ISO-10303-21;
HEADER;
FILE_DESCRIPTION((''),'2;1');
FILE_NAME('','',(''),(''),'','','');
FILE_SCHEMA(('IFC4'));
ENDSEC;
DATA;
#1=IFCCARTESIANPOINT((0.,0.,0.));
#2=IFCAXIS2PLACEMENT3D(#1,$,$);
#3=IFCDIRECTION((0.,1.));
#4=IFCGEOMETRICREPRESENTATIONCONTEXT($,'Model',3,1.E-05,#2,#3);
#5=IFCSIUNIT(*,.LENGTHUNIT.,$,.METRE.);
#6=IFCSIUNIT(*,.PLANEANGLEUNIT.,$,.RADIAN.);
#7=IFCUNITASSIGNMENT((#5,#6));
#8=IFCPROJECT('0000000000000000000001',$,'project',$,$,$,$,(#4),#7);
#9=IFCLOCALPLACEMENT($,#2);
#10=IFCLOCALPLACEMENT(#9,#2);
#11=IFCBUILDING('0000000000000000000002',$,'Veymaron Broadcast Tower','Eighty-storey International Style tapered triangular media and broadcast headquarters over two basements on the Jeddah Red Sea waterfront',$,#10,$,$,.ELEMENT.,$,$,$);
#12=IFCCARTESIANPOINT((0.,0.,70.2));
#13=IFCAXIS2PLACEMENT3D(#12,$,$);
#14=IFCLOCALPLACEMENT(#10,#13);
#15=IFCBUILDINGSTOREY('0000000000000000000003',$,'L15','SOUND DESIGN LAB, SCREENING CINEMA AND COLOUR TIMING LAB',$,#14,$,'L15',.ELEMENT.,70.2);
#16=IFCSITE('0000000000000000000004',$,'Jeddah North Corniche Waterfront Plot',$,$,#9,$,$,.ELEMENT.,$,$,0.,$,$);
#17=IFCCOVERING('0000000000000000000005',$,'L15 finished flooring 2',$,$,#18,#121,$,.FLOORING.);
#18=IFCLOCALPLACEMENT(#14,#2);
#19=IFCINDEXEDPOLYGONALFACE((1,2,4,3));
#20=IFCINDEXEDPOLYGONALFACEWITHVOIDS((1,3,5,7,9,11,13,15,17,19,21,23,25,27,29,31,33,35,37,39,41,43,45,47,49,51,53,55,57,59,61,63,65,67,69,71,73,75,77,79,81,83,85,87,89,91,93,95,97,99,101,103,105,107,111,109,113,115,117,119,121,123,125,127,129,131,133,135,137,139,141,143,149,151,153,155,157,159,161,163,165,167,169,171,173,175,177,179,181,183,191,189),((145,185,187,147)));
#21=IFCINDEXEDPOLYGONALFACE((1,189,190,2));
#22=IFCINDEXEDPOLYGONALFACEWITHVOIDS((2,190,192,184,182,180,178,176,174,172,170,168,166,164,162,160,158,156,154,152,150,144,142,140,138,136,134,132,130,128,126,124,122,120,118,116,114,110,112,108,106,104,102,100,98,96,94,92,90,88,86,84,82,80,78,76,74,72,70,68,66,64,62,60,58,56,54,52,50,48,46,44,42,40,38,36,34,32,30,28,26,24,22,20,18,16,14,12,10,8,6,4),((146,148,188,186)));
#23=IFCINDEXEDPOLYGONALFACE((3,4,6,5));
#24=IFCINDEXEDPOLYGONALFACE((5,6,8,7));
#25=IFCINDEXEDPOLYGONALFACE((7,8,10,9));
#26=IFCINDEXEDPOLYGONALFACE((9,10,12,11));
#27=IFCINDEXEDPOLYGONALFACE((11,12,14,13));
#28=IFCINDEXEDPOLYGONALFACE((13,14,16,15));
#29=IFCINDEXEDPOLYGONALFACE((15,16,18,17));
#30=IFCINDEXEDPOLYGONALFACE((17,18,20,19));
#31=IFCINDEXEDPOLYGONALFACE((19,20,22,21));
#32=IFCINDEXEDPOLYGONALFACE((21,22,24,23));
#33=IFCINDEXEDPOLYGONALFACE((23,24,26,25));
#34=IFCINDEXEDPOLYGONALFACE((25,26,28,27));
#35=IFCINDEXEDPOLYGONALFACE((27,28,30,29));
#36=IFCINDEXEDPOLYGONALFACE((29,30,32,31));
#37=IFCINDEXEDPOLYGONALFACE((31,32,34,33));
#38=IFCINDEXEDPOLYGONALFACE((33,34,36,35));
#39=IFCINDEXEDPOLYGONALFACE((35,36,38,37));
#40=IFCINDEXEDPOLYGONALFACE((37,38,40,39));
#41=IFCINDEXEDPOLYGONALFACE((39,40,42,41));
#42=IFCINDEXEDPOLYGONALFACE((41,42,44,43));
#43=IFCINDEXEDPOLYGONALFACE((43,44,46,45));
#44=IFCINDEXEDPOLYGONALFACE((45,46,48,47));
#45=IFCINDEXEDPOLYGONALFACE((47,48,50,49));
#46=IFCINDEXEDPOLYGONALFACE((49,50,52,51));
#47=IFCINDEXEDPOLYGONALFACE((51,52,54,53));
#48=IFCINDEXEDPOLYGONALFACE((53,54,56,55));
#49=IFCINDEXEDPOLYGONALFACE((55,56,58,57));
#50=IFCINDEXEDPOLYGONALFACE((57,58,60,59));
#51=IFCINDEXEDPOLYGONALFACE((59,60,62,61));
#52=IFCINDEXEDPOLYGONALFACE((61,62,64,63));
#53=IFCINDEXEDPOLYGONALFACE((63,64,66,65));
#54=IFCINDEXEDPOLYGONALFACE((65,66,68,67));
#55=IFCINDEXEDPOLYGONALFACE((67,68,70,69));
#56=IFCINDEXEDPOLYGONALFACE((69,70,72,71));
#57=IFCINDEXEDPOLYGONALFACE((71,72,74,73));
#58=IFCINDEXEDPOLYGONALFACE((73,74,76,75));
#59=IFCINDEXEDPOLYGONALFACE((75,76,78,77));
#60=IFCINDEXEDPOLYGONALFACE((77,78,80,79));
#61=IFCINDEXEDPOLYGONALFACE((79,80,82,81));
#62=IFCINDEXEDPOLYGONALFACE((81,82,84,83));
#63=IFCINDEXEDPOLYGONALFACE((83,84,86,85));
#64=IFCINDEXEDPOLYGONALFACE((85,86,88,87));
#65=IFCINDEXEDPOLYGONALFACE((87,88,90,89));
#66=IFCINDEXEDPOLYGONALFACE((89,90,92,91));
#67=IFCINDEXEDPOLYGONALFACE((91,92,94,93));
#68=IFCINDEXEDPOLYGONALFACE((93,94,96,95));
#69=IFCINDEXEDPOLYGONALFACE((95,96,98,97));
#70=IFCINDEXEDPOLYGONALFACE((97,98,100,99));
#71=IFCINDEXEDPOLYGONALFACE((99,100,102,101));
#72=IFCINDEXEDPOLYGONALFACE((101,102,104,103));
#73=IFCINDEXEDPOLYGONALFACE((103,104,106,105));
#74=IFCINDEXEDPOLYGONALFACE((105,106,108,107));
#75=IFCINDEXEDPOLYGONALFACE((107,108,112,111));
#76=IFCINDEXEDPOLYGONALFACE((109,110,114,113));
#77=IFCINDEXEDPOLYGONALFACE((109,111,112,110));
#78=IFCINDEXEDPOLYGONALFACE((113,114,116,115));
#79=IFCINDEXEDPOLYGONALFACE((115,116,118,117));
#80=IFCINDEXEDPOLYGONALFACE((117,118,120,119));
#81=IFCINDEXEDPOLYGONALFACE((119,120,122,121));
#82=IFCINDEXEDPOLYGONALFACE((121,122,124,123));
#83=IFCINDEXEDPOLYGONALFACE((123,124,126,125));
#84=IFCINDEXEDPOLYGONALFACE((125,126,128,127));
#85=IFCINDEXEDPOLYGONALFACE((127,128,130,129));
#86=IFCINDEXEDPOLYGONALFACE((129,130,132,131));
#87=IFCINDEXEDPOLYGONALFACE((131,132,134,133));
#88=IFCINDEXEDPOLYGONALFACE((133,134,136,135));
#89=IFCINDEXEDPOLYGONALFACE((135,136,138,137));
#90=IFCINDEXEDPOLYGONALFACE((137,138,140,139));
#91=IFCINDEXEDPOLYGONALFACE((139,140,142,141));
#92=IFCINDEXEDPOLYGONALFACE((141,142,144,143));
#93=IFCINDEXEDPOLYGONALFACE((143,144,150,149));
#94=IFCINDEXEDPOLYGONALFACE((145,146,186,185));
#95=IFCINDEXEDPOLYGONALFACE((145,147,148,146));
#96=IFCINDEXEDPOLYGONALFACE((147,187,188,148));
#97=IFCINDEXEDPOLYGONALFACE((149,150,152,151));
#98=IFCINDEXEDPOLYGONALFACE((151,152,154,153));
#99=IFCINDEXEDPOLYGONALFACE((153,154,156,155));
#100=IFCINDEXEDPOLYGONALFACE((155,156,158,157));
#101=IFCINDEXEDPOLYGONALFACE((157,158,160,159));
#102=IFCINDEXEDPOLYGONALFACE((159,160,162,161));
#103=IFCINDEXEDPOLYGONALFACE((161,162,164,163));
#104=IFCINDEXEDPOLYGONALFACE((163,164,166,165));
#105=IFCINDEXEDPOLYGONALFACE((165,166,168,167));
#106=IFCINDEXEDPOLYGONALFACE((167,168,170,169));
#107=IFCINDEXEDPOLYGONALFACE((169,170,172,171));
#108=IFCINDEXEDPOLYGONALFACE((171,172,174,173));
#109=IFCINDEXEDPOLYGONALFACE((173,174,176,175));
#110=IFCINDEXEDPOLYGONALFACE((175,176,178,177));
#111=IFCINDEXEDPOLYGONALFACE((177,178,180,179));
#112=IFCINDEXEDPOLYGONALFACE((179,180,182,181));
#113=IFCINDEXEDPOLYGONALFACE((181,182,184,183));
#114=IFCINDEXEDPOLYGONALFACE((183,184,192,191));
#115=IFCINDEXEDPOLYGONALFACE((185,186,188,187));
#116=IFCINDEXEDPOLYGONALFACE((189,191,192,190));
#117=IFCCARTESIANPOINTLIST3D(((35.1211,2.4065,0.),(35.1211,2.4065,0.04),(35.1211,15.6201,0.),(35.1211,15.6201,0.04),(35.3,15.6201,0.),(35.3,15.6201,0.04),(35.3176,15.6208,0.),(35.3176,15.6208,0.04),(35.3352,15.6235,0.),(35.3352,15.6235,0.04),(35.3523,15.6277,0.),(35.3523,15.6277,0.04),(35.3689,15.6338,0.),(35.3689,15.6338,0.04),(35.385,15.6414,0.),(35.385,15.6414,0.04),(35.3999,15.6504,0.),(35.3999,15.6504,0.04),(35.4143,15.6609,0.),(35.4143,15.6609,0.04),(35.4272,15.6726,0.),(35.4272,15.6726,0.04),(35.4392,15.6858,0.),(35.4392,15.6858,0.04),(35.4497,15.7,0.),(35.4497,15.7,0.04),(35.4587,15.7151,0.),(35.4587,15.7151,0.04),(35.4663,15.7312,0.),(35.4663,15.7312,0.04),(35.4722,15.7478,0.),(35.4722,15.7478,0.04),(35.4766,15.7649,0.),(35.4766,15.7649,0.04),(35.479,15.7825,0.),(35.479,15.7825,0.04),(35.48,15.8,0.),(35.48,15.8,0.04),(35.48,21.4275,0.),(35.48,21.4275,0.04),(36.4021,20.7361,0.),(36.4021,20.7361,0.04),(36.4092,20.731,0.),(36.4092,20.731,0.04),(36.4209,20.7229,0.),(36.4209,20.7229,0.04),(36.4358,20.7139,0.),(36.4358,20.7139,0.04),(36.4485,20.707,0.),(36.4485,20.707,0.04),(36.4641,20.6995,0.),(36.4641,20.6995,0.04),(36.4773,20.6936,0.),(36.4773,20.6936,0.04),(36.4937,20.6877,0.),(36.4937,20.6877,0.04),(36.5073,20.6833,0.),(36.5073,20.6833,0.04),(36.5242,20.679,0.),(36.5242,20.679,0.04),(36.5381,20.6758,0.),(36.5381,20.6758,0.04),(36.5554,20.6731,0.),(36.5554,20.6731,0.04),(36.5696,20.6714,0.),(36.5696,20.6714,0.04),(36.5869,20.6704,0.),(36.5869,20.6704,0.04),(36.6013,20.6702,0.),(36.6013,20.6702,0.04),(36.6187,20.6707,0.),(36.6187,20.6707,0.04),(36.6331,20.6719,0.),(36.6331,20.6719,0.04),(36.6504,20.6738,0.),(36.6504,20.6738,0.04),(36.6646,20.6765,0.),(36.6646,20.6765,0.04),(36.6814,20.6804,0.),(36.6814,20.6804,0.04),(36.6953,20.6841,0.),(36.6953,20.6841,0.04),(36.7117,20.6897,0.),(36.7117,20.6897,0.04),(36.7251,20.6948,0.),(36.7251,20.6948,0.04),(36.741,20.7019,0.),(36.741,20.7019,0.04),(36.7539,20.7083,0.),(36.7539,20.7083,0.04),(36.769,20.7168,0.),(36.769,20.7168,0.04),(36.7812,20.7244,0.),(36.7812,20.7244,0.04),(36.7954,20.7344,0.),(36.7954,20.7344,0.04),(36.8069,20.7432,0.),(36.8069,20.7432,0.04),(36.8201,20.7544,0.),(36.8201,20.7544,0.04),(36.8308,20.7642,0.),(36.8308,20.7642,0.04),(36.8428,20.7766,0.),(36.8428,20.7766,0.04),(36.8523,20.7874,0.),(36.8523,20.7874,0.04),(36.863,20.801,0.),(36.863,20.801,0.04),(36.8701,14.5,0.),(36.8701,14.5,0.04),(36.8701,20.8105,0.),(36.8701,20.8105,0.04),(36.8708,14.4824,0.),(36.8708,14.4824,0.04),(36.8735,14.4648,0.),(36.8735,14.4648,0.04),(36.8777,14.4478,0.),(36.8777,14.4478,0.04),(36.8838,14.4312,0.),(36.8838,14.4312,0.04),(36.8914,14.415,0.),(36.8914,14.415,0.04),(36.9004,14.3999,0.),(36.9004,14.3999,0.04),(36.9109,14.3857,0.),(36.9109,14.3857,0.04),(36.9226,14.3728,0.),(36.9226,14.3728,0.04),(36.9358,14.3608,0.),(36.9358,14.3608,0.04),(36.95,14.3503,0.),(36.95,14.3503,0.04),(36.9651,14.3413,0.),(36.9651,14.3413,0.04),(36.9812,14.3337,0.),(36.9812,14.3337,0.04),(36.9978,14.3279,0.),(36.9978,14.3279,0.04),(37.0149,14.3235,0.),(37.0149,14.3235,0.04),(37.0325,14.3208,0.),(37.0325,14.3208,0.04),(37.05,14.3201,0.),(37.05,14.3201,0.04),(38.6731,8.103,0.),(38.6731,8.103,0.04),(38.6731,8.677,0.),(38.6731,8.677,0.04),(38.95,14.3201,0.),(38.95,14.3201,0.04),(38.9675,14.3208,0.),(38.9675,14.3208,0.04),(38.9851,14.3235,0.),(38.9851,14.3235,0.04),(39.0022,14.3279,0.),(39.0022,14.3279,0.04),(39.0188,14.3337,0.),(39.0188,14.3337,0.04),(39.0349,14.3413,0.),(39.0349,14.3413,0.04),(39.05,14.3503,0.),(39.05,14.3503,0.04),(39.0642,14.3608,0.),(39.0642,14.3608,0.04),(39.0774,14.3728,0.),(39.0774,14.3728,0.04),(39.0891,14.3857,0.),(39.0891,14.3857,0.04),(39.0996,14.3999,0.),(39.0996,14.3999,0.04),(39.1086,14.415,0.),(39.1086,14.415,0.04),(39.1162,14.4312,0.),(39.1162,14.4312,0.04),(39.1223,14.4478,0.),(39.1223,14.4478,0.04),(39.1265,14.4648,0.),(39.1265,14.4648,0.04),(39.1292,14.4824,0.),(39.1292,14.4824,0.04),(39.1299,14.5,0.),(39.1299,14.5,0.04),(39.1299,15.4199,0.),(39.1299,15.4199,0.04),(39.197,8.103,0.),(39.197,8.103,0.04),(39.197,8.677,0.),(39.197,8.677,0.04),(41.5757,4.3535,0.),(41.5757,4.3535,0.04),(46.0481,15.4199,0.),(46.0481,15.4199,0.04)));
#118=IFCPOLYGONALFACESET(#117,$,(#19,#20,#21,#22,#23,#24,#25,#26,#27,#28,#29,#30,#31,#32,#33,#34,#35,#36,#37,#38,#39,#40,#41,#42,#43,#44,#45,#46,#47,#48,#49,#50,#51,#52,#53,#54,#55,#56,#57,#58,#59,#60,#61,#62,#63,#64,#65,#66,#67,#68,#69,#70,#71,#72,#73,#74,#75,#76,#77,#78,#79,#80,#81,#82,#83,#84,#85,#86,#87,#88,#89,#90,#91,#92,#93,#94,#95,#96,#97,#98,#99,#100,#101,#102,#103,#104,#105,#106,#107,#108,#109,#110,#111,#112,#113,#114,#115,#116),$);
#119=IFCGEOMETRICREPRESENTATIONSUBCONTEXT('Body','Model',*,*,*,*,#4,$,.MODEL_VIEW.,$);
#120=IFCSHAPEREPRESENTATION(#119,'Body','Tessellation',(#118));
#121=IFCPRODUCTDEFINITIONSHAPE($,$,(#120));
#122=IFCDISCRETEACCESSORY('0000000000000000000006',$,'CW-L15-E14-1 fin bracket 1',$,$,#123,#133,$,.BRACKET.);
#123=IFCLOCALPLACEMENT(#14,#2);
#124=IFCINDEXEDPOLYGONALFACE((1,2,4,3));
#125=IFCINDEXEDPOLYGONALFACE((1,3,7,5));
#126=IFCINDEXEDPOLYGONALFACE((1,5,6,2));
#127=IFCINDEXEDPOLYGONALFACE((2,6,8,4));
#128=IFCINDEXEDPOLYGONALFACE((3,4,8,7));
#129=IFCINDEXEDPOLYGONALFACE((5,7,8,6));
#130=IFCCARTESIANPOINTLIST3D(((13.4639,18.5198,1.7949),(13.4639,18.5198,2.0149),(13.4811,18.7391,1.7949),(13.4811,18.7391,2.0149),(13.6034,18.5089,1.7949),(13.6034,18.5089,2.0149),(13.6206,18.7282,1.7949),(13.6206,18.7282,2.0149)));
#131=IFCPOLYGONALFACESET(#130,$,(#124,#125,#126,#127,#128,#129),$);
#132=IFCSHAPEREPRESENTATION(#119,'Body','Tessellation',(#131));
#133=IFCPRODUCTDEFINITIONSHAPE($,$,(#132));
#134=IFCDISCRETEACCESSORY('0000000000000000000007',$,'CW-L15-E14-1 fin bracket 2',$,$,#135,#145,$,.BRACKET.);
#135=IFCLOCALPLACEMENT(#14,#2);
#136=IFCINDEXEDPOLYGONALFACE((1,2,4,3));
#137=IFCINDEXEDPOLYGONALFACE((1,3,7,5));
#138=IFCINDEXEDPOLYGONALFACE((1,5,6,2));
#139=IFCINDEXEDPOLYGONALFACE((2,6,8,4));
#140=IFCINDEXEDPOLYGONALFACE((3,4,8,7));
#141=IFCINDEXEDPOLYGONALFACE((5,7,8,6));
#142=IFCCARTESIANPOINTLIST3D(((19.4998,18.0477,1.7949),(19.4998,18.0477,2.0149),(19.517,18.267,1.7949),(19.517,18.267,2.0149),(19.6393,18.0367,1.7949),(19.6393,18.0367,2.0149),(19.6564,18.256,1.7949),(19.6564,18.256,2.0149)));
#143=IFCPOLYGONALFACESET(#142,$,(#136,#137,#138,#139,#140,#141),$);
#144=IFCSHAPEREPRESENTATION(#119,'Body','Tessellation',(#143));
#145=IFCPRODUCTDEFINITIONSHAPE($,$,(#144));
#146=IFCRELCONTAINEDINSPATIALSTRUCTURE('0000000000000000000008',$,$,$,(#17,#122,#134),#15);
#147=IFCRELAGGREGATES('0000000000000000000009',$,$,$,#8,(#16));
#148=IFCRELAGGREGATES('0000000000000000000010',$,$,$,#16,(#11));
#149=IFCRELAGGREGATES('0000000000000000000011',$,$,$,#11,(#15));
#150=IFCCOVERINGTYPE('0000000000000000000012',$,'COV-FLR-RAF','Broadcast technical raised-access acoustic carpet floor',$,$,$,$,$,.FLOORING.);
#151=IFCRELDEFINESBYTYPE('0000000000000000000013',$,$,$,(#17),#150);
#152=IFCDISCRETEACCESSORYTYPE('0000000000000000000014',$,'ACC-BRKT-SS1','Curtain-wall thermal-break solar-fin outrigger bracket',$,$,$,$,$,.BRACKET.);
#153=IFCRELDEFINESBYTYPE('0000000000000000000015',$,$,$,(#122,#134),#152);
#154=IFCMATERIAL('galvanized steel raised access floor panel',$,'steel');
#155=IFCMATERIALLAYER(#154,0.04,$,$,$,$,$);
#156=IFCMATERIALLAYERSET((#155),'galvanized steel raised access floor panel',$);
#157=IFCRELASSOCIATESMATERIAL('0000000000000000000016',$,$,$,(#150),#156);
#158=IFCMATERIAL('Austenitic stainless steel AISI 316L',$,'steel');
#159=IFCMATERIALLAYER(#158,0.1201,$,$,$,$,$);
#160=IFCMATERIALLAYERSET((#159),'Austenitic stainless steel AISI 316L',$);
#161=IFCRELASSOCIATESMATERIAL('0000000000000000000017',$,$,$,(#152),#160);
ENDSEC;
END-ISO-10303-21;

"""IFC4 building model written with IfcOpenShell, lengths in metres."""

from ifc_helpers import new_model, si_unit, direction, frame, origin, origin_2d, place, context, subcontext, project, spatial, polyline, rectangle, outline, extrude, material, layer, layer_set, type_object, element, save


model = new_model("IFC4")

# Units and contexts
model_context = context("Model", 3, precision=1e-05, world=origin(), true_north=direction((0.0, 1.0)))
body_context = subcontext(model_context, "Body", "Model", "MODEL_VIEW")
ifc_project = project(units=[si_unit("LENGTHUNIT", "METRE"), si_unit("PLANEANGLEUNIT", "RADIAN")], contexts=[model_context])

# Site, building, storey
site_placement = place(None, origin())
site = spatial("IfcSite", under=ifc_project, at=site_placement, Name="Jeddah North Corniche Waterfront Plot", CompositionType="ELEMENT", RefElevation=0.0)
building_placement = place(site_placement, origin())
building = spatial("IfcBuilding", under=site, at=building_placement, Name="Veymaron Broadcast Tower", Description="Eighty-storey International Style tapered triangular media and broadcast headquarters over two basements on the Jeddah Red Sea waterfront", CompositionType="ELEMENT")
storey_placement = place(building_placement, frame((0.0, 0.0, 70.2)))
storey = spatial("IfcBuildingStorey", under=building, at=storey_placement, Name="L15", Description="SOUND DESIGN LAB, SCREENING CINEMA AND COLOUR TIMING LAB", LongName="L15", CompositionType="ELEMENT", Elevation=70.2)

# Covering
ifc_material_1 = material(Name="galvanized steel raised access floor panel", Category="steel")
ifc_layer_1 = layer(ifc_material_1, 0.04)
ifc_layer_set_1 = layer_set([ifc_layer_1], Name="galvanized steel raised access floor panel")
covering_type_1 = type_object("IfcCoveringType", Name="COV-FLR-RAF", Description="Broadcast technical raised-access acoustic carpet floor", PredefinedType="FLOORING", material=ifc_layer_set_1)
covering_1_placement = place(storey_placement, origin())
element("IfcCovering", 1, at=covering_1_placement, inside=storey, type_object=covering_type_1, Name="L15 finished flooring 2", PredefinedType="FLOORING", context=body_context, shape_type="SweptSolid", body=[
    extrude(outline(polyline([(35.4766, 15.7649), (35.479, 15.7825), (35.48, 15.8), (35.48, 21.4275), (36.4021, 20.7361), (36.4092, 20.731), (36.4209, 20.7229), (36.4358, 20.7139), (36.4485, 20.707), (36.4641, 20.6995), (36.4773, 20.6936), (36.4937, 20.6877), (36.5073, 20.6833), (36.5242, 20.679), (36.5381, 20.6758), (36.5554, 20.6731), (36.5696, 20.6714), (36.5869, 20.6704), (36.6013, 20.6702), (36.6187, 20.6707), (36.6331, 20.6719), (36.6504, 20.6738), (36.6646, 20.6765), (36.6814, 20.6804), (36.6953, 20.6841), (36.7117, 20.6897), (36.7251, 20.6948), (36.741, 20.7019), (36.7539, 20.7083), (36.769, 20.7168), (36.7812, 20.7244), (36.7954, 20.7344), (36.8069, 20.7432), (36.8201, 20.7544), (36.8308, 20.7642), (36.8428, 20.7766), (36.8523, 20.7874), (36.863, 20.801), (36.8701, 20.8105), (36.8701, 14.5), (36.8708, 14.4824), (36.8735, 14.4648), (36.8777, 14.4478), (36.8838, 14.4312), (36.8914, 14.415), (36.9004, 14.3999), (36.9109, 14.3857), (36.9226, 14.3728), (36.9358, 14.3608), (36.95, 14.3503), (36.9651, 14.3413), (36.9812, 14.3337), (36.9978, 14.3279), (37.0149, 14.3235), (37.0325, 14.3208), (37.05, 14.3201), (38.95, 14.3201), (38.9675, 14.3208), (38.9851, 14.3235), (39.0022, 14.3279), (39.0188, 14.3337), (39.0349, 14.3413), (39.05, 14.3503), (39.0642, 14.3608), (39.0774, 14.3728), (39.0891, 14.3857), (39.0996, 14.3999), (39.1086, 14.415), (39.1162, 14.4312), (39.1223, 14.4478), (39.1265, 14.4648), (39.1292, 14.4824), (39.1299, 14.5), (39.1299, 15.4199), (46.0481, 15.4199), (41.5757, 4.3535), (35.1211, 2.4065), (35.1211, 15.6201), (35.3, 15.6201), (35.3176, 15.6208), (35.3352, 15.6235), (35.3523, 15.6277), (35.3689, 15.6338), (35.385, 15.6414), (35.3999, 15.6504), (35.4143, 15.6609), (35.4272, 15.6726), (35.4392, 15.6858), (35.4497, 15.7), (35.4587, 15.7151), (35.4663, 15.7312), (35.4722, 15.7478), (35.4766, 15.7649)]), holes=[polyline([(39.197, 8.677), (38.6731, 8.677), (38.6731, 8.103), (39.197, 8.103), (39.197, 8.677)])]), origin(), (0.0, 0.0, 1.0), 0.04),
])

# Discrete accessories
ifc_material_2 = material(Name="Austenitic stainless steel AISI 316L", Category="steel")
ifc_layer_2 = layer(ifc_material_2, 0.1201)
ifc_layer_set_2 = layer_set([ifc_layer_2], Name="Austenitic stainless steel AISI 316L")
discrete_accessory_type = type_object("IfcDiscreteAccessoryType", Name="ACC-BRKT-SS1", Description="Curtain-wall thermal-break solar-fin outrigger bracket", PredefinedType="BRACKET", material=ifc_layer_set_2)
for number, where, z_axis, x_axis, name in (
    (2, (13.5422, 18.624, 1.7949), (0.0, 0.0, 1.0), (-0.078024, -0.996951, 0.0), "CW-L15-E14-1 fin bracket 1"),
    (3, (19.5781, 18.1519, 1.7949), (0.0, 0.0, 1.0), (-0.078024, -0.996951, 0.0), "CW-L15-E14-1 fin bracket 2"),
):
    element("IfcDiscreteAccessory", number, at=place(storey_placement, frame(where, z_axis=z_axis, x_axis=x_axis)), inside=storey, type_object=discrete_accessory_type, Name=name, PredefinedType="BRACKET", context=body_context, shape_type="SweptSolid", body=[
        extrude(rectangle(XDim=0.22, YDim=0.1399, at=origin_2d()), origin(), (0.0, 0.0, 1.0), 0.22),
    ])

save(model, "model.ifc")
